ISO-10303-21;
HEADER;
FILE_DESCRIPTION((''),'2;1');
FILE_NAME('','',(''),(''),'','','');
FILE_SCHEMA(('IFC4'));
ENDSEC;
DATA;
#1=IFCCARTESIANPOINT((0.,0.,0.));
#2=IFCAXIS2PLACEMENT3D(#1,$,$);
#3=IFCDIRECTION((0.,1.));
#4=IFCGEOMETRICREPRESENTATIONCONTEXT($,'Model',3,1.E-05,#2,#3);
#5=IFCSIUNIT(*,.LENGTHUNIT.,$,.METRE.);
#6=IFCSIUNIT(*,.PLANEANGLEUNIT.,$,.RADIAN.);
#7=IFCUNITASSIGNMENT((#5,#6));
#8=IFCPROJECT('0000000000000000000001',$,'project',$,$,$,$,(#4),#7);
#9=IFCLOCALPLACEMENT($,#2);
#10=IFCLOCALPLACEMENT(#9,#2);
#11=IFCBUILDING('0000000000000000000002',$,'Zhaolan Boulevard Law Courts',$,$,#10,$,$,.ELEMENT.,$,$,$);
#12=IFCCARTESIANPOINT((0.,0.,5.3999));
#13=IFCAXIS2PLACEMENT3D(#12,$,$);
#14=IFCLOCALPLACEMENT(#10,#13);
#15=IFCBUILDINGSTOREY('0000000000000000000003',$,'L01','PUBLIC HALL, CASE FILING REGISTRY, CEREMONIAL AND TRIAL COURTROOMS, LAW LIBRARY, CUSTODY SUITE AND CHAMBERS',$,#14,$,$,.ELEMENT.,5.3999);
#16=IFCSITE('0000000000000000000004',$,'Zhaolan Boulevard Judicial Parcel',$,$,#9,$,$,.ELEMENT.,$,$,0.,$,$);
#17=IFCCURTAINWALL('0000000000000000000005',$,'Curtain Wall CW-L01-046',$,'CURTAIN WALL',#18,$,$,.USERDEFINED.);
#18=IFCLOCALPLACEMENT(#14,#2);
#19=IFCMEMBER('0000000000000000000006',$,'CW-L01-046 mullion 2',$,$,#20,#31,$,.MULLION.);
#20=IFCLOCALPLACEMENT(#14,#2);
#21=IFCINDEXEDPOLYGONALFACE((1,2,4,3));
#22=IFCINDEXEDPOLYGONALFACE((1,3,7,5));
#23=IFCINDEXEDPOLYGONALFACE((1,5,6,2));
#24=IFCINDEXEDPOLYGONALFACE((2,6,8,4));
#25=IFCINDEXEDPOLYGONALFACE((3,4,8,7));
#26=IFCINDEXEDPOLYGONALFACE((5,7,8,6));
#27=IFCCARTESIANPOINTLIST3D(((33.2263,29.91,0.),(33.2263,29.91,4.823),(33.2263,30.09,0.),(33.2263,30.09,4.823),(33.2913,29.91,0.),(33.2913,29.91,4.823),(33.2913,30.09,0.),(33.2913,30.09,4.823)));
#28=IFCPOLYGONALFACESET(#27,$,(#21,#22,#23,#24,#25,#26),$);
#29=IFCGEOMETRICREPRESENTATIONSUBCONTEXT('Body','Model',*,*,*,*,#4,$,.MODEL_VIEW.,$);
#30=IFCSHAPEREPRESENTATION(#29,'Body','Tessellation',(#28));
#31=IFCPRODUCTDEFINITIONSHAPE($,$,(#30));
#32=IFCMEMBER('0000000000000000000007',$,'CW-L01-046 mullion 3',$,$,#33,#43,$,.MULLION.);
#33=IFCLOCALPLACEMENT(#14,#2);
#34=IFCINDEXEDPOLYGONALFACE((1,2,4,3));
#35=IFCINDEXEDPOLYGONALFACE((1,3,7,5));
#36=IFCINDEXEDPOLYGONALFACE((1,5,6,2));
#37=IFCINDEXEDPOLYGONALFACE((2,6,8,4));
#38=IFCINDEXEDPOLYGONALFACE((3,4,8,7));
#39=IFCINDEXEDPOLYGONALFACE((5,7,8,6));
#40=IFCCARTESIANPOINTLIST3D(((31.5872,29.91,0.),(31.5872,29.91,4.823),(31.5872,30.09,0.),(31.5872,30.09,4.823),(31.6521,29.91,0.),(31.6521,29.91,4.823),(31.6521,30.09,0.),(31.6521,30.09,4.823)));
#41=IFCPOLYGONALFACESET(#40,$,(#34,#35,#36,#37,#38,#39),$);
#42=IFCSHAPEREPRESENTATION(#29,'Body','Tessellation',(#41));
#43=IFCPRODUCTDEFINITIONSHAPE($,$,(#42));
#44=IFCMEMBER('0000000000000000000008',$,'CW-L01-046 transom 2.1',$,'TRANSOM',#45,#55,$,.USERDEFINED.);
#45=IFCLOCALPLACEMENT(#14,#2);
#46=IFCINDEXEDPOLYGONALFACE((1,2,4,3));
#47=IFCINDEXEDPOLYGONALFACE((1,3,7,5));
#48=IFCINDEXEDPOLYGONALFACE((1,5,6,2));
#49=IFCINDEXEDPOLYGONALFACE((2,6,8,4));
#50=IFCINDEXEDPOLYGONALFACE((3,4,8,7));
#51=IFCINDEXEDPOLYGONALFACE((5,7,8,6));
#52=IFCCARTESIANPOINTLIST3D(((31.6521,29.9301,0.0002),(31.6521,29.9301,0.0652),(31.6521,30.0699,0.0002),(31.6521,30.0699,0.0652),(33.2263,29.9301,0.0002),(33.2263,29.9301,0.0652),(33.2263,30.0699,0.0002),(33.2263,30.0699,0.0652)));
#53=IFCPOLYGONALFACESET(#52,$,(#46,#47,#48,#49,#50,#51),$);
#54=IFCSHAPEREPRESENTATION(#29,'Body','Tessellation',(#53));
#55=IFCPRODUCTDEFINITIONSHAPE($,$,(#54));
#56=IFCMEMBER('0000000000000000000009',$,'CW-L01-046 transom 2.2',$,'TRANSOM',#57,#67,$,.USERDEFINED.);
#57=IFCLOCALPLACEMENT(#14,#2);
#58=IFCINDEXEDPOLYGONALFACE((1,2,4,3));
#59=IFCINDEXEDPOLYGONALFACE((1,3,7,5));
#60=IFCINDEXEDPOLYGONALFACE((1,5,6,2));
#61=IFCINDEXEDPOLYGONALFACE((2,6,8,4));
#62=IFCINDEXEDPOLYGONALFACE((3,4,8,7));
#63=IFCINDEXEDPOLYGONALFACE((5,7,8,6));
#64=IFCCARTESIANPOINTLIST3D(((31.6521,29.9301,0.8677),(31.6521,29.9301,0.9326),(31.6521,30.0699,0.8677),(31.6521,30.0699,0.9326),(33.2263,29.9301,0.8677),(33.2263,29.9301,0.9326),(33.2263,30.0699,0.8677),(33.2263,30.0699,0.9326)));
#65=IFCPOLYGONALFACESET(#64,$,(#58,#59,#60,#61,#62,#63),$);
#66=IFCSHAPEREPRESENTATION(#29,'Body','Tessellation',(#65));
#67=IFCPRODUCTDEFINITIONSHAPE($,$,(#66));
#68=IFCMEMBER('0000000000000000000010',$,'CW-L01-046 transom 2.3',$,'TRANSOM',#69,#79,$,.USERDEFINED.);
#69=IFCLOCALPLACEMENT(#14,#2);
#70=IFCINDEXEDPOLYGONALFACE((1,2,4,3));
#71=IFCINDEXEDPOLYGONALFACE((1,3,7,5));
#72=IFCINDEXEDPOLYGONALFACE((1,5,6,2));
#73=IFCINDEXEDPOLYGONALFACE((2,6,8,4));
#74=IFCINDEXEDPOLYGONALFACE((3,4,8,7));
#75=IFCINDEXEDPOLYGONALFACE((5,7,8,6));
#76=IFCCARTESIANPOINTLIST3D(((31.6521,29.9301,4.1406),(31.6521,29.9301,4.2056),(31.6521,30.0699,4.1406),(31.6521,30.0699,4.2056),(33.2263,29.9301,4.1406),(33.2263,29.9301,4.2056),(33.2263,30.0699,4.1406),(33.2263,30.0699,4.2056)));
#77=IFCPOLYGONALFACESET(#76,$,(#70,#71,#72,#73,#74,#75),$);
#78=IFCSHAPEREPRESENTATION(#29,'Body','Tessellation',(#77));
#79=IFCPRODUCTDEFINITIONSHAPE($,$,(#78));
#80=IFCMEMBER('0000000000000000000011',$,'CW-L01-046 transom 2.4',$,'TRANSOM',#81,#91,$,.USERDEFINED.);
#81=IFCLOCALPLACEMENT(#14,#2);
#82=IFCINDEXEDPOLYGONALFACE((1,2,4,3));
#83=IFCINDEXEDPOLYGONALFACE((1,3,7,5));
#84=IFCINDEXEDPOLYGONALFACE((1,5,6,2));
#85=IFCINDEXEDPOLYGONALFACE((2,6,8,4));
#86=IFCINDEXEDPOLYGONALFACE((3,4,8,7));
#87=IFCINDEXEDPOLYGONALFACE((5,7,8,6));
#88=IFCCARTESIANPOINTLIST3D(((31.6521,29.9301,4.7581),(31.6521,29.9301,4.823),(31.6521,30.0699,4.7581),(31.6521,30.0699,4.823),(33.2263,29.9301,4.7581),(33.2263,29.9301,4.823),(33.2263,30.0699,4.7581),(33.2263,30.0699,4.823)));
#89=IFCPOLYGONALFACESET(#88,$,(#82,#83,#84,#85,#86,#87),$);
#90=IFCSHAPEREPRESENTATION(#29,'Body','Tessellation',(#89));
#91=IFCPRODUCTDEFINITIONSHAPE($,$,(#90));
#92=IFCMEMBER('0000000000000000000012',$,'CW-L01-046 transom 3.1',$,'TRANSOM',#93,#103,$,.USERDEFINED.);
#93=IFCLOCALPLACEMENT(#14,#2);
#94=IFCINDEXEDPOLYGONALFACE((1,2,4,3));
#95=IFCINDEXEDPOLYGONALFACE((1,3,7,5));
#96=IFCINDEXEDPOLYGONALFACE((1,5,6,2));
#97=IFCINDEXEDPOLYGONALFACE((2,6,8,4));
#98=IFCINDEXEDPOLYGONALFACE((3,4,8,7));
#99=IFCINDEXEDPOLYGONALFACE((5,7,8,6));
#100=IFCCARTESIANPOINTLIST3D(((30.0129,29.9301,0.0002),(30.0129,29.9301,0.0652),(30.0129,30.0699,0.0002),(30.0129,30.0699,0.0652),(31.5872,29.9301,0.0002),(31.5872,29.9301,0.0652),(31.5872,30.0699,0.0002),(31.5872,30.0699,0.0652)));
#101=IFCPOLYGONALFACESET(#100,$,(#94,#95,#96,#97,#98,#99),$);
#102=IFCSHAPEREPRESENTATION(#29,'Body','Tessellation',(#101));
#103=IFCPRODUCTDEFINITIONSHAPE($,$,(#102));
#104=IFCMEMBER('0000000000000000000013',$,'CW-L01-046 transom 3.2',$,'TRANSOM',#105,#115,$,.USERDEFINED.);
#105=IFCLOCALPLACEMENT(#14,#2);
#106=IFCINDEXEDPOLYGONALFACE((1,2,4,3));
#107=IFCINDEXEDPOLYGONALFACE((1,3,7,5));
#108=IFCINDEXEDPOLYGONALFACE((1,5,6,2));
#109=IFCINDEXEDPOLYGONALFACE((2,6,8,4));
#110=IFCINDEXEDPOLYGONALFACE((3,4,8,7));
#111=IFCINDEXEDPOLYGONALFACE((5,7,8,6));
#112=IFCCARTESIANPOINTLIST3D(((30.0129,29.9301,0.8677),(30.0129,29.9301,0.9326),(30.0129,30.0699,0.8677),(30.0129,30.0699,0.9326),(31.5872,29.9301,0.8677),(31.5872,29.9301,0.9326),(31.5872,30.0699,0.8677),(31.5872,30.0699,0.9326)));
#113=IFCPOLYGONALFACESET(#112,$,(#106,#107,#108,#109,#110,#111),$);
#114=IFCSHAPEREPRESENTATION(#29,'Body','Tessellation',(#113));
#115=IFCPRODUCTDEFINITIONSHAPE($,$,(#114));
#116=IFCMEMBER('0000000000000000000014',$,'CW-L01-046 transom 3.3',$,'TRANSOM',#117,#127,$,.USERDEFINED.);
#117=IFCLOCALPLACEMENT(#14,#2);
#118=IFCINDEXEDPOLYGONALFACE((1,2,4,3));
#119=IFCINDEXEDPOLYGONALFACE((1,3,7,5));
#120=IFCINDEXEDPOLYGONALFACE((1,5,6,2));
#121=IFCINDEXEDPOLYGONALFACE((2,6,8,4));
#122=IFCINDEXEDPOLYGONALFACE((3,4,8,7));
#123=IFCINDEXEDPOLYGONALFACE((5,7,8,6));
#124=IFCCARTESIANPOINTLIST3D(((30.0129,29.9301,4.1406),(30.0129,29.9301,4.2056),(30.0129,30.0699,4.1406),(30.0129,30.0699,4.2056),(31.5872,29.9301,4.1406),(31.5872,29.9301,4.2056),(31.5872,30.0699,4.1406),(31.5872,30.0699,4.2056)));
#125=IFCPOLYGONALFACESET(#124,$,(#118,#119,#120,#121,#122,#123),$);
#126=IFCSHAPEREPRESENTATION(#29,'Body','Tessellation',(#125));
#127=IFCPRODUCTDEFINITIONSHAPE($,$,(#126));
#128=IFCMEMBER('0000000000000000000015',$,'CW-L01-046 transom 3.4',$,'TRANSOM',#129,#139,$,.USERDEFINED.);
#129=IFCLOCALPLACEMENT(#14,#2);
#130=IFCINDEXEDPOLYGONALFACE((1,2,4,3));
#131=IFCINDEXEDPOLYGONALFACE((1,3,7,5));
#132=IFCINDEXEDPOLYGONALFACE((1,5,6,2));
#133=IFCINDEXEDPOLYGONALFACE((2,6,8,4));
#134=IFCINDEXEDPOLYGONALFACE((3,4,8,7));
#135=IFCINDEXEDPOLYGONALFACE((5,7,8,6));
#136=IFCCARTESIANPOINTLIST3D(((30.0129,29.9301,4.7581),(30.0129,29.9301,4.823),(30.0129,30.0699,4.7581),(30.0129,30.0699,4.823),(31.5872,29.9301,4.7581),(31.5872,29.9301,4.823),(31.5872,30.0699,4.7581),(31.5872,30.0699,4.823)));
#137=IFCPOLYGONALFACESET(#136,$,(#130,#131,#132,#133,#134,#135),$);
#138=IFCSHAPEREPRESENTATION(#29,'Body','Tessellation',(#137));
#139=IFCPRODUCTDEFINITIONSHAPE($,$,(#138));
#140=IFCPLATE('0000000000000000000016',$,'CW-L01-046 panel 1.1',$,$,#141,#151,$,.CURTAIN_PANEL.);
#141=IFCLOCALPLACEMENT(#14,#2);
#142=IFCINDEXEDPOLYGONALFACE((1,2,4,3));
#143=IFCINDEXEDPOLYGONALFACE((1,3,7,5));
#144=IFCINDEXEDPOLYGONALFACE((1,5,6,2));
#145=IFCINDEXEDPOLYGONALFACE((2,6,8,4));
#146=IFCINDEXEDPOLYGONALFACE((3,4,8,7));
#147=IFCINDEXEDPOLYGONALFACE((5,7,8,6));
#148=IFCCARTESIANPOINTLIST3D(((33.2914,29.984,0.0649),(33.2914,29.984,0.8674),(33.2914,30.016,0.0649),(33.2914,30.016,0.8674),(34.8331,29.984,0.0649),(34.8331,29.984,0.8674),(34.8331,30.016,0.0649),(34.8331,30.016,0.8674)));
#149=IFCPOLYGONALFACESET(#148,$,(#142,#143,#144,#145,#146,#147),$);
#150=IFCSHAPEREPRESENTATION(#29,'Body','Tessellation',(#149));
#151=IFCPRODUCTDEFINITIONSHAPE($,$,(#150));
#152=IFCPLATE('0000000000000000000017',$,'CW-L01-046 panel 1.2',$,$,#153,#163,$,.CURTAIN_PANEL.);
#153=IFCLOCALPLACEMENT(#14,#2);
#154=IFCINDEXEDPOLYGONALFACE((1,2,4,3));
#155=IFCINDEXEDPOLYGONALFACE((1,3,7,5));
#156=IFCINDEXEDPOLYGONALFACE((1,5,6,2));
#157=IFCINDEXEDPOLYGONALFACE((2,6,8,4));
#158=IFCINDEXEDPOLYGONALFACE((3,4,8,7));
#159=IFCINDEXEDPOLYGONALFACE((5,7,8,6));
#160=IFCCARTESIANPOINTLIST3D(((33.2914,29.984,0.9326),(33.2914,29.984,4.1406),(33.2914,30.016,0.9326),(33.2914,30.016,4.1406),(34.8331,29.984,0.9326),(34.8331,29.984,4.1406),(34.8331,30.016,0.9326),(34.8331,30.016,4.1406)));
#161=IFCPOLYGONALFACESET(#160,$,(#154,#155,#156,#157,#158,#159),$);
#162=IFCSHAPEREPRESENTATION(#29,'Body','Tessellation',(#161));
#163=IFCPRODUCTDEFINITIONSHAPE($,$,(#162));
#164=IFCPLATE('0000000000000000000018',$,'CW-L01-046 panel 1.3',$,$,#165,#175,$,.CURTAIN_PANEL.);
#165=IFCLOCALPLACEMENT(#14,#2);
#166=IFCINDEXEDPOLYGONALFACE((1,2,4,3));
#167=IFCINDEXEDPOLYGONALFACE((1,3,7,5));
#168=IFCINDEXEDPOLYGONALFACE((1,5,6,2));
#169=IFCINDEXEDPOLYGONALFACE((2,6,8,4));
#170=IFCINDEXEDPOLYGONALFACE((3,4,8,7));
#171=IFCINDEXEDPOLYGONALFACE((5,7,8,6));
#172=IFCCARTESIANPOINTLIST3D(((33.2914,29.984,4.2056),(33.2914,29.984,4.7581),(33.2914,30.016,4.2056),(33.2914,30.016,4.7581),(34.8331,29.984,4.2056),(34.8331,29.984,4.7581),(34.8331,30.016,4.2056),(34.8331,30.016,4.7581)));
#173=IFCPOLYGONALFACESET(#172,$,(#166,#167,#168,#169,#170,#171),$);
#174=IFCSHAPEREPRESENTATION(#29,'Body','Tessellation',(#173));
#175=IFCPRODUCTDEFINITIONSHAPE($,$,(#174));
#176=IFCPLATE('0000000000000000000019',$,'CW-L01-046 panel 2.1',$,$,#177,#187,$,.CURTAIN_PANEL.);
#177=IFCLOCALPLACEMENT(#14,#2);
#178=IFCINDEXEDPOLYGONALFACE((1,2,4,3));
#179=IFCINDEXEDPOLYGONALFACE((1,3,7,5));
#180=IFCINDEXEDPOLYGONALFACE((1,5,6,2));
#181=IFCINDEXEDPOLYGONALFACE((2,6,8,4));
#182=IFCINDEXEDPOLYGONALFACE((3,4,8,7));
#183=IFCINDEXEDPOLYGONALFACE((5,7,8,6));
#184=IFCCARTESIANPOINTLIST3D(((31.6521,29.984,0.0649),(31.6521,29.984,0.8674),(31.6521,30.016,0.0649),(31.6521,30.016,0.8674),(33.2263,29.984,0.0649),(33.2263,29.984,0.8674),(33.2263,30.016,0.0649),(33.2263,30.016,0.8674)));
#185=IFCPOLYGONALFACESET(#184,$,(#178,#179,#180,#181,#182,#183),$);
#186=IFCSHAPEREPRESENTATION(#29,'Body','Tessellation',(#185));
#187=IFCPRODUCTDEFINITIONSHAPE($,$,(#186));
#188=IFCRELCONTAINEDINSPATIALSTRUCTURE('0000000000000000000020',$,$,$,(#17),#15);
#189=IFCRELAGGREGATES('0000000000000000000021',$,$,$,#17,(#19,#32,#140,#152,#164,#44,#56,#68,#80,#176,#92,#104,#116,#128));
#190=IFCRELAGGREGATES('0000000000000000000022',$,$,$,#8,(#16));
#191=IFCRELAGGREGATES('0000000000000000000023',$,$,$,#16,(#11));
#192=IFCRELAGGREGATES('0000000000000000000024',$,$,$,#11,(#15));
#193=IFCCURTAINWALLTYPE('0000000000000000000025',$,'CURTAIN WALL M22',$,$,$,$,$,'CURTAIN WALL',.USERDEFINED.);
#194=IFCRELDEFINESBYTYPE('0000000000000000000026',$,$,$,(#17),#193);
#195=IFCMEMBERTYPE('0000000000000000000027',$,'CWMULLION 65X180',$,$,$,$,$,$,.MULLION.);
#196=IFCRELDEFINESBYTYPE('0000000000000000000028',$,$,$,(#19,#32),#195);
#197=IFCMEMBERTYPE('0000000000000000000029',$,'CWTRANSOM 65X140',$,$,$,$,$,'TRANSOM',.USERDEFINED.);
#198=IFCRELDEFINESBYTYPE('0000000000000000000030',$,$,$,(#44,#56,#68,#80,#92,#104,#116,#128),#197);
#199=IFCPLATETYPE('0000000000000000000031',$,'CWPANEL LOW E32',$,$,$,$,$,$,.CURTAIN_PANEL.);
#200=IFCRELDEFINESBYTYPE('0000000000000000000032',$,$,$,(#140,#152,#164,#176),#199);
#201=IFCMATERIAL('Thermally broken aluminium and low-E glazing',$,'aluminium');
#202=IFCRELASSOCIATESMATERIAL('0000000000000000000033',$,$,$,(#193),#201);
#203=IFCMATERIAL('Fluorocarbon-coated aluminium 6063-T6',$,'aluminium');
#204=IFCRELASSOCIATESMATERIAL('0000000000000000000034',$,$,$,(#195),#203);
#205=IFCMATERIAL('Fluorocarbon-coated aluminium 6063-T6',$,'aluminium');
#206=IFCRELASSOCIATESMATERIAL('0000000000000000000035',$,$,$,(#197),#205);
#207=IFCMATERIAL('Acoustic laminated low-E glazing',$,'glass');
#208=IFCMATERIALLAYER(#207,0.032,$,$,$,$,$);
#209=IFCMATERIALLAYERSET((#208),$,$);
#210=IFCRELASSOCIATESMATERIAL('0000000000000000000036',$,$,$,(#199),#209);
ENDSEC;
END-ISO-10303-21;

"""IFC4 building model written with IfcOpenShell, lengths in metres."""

from ifc_helpers import new_model, si_unit, direction, frame, origin, origin_2d, place, context, subcontext, project, spatial, rectangle, extrude, material, layer, layer_set, material_profile, profile_set, type_object, element, aggregate, save


model = new_model("IFC4")

# Units and contexts
model_context = context("Model", 3, precision=1e-05, world=origin(), true_north=direction((0.0, 1.0)))
body_context = subcontext(model_context, "Body", "Model", "MODEL_VIEW")
ifc_project = project(units=[si_unit("LENGTHUNIT", "METRE"), si_unit("PLANEANGLEUNIT", "RADIAN")], contexts=[model_context])

# Site, building, storey
site_placement = place(None, origin())
site = spatial("IfcSite", under=ifc_project, at=site_placement, Name="Zhaolan Boulevard Judicial Parcel", CompositionType="ELEMENT", RefElevation=0.0)
building_placement = place(site_placement, origin())
building = spatial("IfcBuilding", under=site, at=building_placement, Name="Zhaolan Boulevard Law Courts", CompositionType="ELEMENT")
storey_placement = place(building_placement, frame((0.0, 0.0, 5.3999)))
storey = spatial("IfcBuildingStorey", under=building, at=storey_placement, Name="L01", Description="PUBLIC HALL, CASE FILING REGISTRY, CEREMONIAL AND TRIAL COURTROOMS, LAW LIBRARY, CUSTODY SUITE AND CHAMBERS", CompositionType="ELEMENT", Elevation=5.3999)

# Curtain wall, members, plates
ifc_material_1 = material(Name="Thermally broken aluminium and low-E glazing", Category="aluminium")
curtain_wall_type = type_object("IfcCurtainWallType", Name="CURTAIN WALL M22", ElementType="CURTAIN WALL", PredefinedType="USERDEFINED", material=ifc_material_1)
curtain_wall_placement = place(storey_placement, origin())
curtain_wall = element("IfcCurtainWall", 1, at=curtain_wall_placement, inside=storey, type_object=curtain_wall_type, Name="Curtain Wall CW-L01-046", ObjectType="CURTAIN WALL", PredefinedType="USERDEFINED")
ifc_material_2 = material(Name="Fluorocarbon-coated aluminium 6063-T6", Category="aluminium")
ifc_material_profile_1 = material_profile(ifc_material_2, rectangle(XDim=0.1799, YDim=0.0649, at=origin_2d()), Name="AL65x180")
ifc_profile_set_1 = profile_set([ifc_material_profile_1], Name="Fluorocarbon-coated aluminium 6063-T6")
member_type_1 = type_object("IfcMemberType", Name="CWMULLION 65X180", PredefinedType="MULLION", material=ifc_profile_set_1)
member_1_placement = place(storey_placement, frame((33.2588, 30.0, 0.0), z_axis=(0.0, 0.0, 1.0), x_axis=(0.0, -1.0, 0.0)))
member_1 = element("IfcMember", 2, at=member_1_placement, type_object=member_type_1, Name="CW-L01-046 mullion 2", PredefinedType="MULLION", context=body_context, shape_type="SweptSolid", body=[
    extrude(rectangle(XDim=0.1799, YDim=0.0649, at=origin_2d()), origin(), (0.0, 0.0, 1.0), 4.823),
])
member_2_placement = place(storey_placement, frame((31.6196, 30.0, 0.0), z_axis=(0.0, 0.0, 1.0), x_axis=(0.0, -1.0, 0.0)))
member_2 = element("IfcMember", 3, at=member_2_placement, type_object=member_type_1, Name="CW-L01-046 mullion 3", PredefinedType="MULLION", context=body_context, shape_type="SweptSolid", body=[
    extrude(rectangle(XDim=0.1799, YDim=0.0649, at=origin_2d()), origin(), (0.0, 0.0, 1.0), 4.823),
])
ifc_material_3 = material(Name="Fluorocarbon-coated aluminium 6063-T6", Category="aluminium")
ifc_material_profile_2 = material_profile(ifc_material_3, rectangle(XDim=0.1399, YDim=0.0649, at=origin_2d()), Name="AL65x140")
ifc_profile_set_2 = profile_set([ifc_material_profile_2], Name="Fluorocarbon-coated aluminium 6063-T6")
member_type_2 = type_object("IfcMemberType", Name="CWTRANSOM 65X140", ElementType="TRANSOM", PredefinedType="USERDEFINED", material=ifc_profile_set_2)
member_3_placement = place(storey_placement, frame((33.2263, 30.0, 0.0327), z_axis=(-1.0, 0.0, 0.0), x_axis=(0.0, -1.0, 0.0)))
member_3 = element("IfcMember", 4, at=member_3_placement, type_object=member_type_2, Name="CW-L01-046 transom 2.1", ObjectType="TRANSOM", PredefinedType="USERDEFINED", context=body_context, shape_type="SweptSolid", body=[
    extrude(rectangle(XDim=0.1399, YDim=0.0649, at=origin_2d()), origin(), (0.0, 0.0, 1.0), 1.5742),
])
member_4_placement = place(storey_placement, frame((33.2263, 30.0, 0.9001), z_axis=(-1.0, 0.0, 0.0), x_axis=(0.0, -1.0, 0.0)))
member_4 = element("IfcMember", 5, at=member_4_placement, type_object=member_type_2, Name="CW-L01-046 transom 2.2", ObjectType="TRANSOM", PredefinedType="USERDEFINED", context=body_context, shape_type="SweptSolid", body=[
    extrude(rectangle(XDim=0.1399, YDim=0.0649, at=origin_2d()), origin(), (0.0, 0.0, 1.0), 1.5742),
])
member_5_placement = place(storey_placement, frame((33.2263, 30.0, 4.1731), z_axis=(-1.0, 0.0, 0.0), x_axis=(0.0, -1.0, 0.0)))
member_5 = element("IfcMember", 6, at=member_5_placement, type_object=member_type_2, Name="CW-L01-046 transom 2.3", ObjectType="TRANSOM", PredefinedType="USERDEFINED", context=body_context, shape_type="SweptSolid", body=[
    extrude(rectangle(XDim=0.1399, YDim=0.0649, at=origin_2d()), origin(), (0.0, 0.0, 1.0), 1.5742),
])
member_6_placement = place(storey_placement, frame((33.2263, 30.0, 4.7905), z_axis=(-1.0, 0.0, 0.0), x_axis=(0.0, -1.0, 0.0)))
member_6 = element("IfcMember", 7, at=member_6_placement, type_object=member_type_2, Name="CW-L01-046 transom 2.4", ObjectType="TRANSOM", PredefinedType="USERDEFINED", context=body_context, shape_type="SweptSolid", body=[
    extrude(rectangle(XDim=0.1399, YDim=0.0649, at=origin_2d()), origin(), (0.0, 0.0, 1.0), 1.5742),
])
member_7_placement = place(storey_placement, frame((31.5872, 30.0, 0.0327), z_axis=(-1.0, 0.0, 0.0), x_axis=(0.0, -1.0, 0.0)))
member_7 = element("IfcMember", 8, at=member_7_placement, type_object=member_type_2, Name="CW-L01-046 transom 3.1", ObjectType="TRANSOM", PredefinedType="USERDEFINED", context=body_context, shape_type="SweptSolid", body=[
    extrude(rectangle(XDim=0.1399, YDim=0.0649, at=origin_2d()), origin(), (0.0, 0.0, 1.0), 1.5742),
])
member_8_placement = place(storey_placement, frame((31.5872, 30.0, 0.9001), z_axis=(-1.0, 0.0, 0.0), x_axis=(0.0, -1.0, 0.0)))
member_8 = element("IfcMember", 9, at=member_8_placement, type_object=member_type_2, Name="CW-L01-046 transom 3.2", ObjectType="TRANSOM", PredefinedType="USERDEFINED", context=body_context, shape_type="SweptSolid", body=[
    extrude(rectangle(XDim=0.1399, YDim=0.0649, at=origin_2d()), origin(), (0.0, 0.0, 1.0), 1.5742),
])
member_9_placement = place(storey_placement, frame((31.5872, 30.0, 4.1731), z_axis=(-1.0, 0.0, 0.0), x_axis=(0.0, -1.0, 0.0)))
member_9 = element("IfcMember", 10, at=member_9_placement, type_object=member_type_2, Name="CW-L01-046 transom 3.3", ObjectType="TRANSOM", PredefinedType="USERDEFINED", context=body_context, shape_type="SweptSolid", body=[
    extrude(rectangle(XDim=0.1399, YDim=0.0649, at=origin_2d()), origin(), (0.0, 0.0, 1.0), 1.5742),
])
member_10_placement = place(storey_placement, frame((31.5872, 30.0, 4.7905), z_axis=(-1.0, 0.0, 0.0), x_axis=(0.0, -1.0, 0.0)))
member_10 = element("IfcMember", 11, at=member_10_placement, type_object=member_type_2, Name="CW-L01-046 transom 3.4", ObjectType="TRANSOM", PredefinedType="USERDEFINED", context=body_context, shape_type="SweptSolid", body=[
    extrude(rectangle(XDim=0.1399, YDim=0.0649, at=origin_2d()), origin(), (0.0, 0.0, 1.0), 1.5742),
])
ifc_material_4 = material(Name="Acoustic laminated low-E glazing", Category="glass")
ifc_layer_1 = layer(ifc_material_4, 0.032)
ifc_layer_set_1 = layer_set([ifc_layer_1])
plate_type = type_object("IfcPlateType", Name="CWPANEL LOW E32", PredefinedType="CURTAIN_PANEL", material=ifc_layer_set_1)
plate_1_placement = place(storey_placement, frame((34.0623, 30.0, 0.0649), z_axis=(0.0, 0.0, 1.0), x_axis=(-1.0, 0.0, 0.0)))
plate_1 = element("IfcPlate", 12, at=plate_1_placement, type_object=plate_type, Name="CW-L01-046 panel 1.1", PredefinedType="CURTAIN_PANEL", context=body_context, shape_type="SweptSolid", body=[
    extrude(rectangle(XDim=1.5417, YDim=0.032, at=origin_2d()), origin(), (0.0, 0.0, 1.0), 0.8025),
])
plate_2_placement = place(storey_placement, frame((34.0623, 30.0, 0.9326), z_axis=(0.0, 0.0, 1.0), x_axis=(-1.0, 0.0, 0.0)))
plate_2 = element("IfcPlate", 13, at=plate_2_placement, type_object=plate_type, Name="CW-L01-046 panel 1.2", PredefinedType="CURTAIN_PANEL", context=body_context, shape_type="SweptSolid", body=[
    extrude(rectangle(XDim=1.5417, YDim=0.032, at=origin_2d()), origin(), (0.0, 0.0, 1.0), 3.208),
])
plate_3_placement = place(storey_placement, frame((34.0623, 30.0, 4.2056), z_axis=(0.0, 0.0, 1.0), x_axis=(-1.0, 0.0, 0.0)))
plate_3 = element("IfcPlate", 14, at=plate_3_placement, type_object=plate_type, Name="CW-L01-046 panel 1.3", PredefinedType="CURTAIN_PANEL", context=body_context, shape_type="SweptSolid", body=[
    extrude(rectangle(XDim=1.5417, YDim=0.032, at=origin_2d()), origin(), (0.0, 0.0, 1.0), 0.5525),
])
plate_4_placement = place(storey_placement, frame((32.4392, 30.0, 0.0649), z_axis=(0.0, 0.0, 1.0), x_axis=(-1.0, 0.0, 0.0)))
plate_4 = element("IfcPlate", 15, at=plate_4_placement, type_object=plate_type, Name="CW-L01-046 panel 2.1", PredefinedType="CURTAIN_PANEL", context=body_context, shape_type="SweptSolid", body=[
    extrude(rectangle(XDim=1.5742, YDim=0.032, at=origin_2d()), origin(), (0.0, 0.0, 1.0), 0.8025),
])
aggregate(curtain_wall, [member_1, member_2, plate_1, plate_2, plate_3, member_3, member_4, member_5, member_6, plate_4, member_7, member_8, member_9, member_10])

save(model, "model.ifc")
